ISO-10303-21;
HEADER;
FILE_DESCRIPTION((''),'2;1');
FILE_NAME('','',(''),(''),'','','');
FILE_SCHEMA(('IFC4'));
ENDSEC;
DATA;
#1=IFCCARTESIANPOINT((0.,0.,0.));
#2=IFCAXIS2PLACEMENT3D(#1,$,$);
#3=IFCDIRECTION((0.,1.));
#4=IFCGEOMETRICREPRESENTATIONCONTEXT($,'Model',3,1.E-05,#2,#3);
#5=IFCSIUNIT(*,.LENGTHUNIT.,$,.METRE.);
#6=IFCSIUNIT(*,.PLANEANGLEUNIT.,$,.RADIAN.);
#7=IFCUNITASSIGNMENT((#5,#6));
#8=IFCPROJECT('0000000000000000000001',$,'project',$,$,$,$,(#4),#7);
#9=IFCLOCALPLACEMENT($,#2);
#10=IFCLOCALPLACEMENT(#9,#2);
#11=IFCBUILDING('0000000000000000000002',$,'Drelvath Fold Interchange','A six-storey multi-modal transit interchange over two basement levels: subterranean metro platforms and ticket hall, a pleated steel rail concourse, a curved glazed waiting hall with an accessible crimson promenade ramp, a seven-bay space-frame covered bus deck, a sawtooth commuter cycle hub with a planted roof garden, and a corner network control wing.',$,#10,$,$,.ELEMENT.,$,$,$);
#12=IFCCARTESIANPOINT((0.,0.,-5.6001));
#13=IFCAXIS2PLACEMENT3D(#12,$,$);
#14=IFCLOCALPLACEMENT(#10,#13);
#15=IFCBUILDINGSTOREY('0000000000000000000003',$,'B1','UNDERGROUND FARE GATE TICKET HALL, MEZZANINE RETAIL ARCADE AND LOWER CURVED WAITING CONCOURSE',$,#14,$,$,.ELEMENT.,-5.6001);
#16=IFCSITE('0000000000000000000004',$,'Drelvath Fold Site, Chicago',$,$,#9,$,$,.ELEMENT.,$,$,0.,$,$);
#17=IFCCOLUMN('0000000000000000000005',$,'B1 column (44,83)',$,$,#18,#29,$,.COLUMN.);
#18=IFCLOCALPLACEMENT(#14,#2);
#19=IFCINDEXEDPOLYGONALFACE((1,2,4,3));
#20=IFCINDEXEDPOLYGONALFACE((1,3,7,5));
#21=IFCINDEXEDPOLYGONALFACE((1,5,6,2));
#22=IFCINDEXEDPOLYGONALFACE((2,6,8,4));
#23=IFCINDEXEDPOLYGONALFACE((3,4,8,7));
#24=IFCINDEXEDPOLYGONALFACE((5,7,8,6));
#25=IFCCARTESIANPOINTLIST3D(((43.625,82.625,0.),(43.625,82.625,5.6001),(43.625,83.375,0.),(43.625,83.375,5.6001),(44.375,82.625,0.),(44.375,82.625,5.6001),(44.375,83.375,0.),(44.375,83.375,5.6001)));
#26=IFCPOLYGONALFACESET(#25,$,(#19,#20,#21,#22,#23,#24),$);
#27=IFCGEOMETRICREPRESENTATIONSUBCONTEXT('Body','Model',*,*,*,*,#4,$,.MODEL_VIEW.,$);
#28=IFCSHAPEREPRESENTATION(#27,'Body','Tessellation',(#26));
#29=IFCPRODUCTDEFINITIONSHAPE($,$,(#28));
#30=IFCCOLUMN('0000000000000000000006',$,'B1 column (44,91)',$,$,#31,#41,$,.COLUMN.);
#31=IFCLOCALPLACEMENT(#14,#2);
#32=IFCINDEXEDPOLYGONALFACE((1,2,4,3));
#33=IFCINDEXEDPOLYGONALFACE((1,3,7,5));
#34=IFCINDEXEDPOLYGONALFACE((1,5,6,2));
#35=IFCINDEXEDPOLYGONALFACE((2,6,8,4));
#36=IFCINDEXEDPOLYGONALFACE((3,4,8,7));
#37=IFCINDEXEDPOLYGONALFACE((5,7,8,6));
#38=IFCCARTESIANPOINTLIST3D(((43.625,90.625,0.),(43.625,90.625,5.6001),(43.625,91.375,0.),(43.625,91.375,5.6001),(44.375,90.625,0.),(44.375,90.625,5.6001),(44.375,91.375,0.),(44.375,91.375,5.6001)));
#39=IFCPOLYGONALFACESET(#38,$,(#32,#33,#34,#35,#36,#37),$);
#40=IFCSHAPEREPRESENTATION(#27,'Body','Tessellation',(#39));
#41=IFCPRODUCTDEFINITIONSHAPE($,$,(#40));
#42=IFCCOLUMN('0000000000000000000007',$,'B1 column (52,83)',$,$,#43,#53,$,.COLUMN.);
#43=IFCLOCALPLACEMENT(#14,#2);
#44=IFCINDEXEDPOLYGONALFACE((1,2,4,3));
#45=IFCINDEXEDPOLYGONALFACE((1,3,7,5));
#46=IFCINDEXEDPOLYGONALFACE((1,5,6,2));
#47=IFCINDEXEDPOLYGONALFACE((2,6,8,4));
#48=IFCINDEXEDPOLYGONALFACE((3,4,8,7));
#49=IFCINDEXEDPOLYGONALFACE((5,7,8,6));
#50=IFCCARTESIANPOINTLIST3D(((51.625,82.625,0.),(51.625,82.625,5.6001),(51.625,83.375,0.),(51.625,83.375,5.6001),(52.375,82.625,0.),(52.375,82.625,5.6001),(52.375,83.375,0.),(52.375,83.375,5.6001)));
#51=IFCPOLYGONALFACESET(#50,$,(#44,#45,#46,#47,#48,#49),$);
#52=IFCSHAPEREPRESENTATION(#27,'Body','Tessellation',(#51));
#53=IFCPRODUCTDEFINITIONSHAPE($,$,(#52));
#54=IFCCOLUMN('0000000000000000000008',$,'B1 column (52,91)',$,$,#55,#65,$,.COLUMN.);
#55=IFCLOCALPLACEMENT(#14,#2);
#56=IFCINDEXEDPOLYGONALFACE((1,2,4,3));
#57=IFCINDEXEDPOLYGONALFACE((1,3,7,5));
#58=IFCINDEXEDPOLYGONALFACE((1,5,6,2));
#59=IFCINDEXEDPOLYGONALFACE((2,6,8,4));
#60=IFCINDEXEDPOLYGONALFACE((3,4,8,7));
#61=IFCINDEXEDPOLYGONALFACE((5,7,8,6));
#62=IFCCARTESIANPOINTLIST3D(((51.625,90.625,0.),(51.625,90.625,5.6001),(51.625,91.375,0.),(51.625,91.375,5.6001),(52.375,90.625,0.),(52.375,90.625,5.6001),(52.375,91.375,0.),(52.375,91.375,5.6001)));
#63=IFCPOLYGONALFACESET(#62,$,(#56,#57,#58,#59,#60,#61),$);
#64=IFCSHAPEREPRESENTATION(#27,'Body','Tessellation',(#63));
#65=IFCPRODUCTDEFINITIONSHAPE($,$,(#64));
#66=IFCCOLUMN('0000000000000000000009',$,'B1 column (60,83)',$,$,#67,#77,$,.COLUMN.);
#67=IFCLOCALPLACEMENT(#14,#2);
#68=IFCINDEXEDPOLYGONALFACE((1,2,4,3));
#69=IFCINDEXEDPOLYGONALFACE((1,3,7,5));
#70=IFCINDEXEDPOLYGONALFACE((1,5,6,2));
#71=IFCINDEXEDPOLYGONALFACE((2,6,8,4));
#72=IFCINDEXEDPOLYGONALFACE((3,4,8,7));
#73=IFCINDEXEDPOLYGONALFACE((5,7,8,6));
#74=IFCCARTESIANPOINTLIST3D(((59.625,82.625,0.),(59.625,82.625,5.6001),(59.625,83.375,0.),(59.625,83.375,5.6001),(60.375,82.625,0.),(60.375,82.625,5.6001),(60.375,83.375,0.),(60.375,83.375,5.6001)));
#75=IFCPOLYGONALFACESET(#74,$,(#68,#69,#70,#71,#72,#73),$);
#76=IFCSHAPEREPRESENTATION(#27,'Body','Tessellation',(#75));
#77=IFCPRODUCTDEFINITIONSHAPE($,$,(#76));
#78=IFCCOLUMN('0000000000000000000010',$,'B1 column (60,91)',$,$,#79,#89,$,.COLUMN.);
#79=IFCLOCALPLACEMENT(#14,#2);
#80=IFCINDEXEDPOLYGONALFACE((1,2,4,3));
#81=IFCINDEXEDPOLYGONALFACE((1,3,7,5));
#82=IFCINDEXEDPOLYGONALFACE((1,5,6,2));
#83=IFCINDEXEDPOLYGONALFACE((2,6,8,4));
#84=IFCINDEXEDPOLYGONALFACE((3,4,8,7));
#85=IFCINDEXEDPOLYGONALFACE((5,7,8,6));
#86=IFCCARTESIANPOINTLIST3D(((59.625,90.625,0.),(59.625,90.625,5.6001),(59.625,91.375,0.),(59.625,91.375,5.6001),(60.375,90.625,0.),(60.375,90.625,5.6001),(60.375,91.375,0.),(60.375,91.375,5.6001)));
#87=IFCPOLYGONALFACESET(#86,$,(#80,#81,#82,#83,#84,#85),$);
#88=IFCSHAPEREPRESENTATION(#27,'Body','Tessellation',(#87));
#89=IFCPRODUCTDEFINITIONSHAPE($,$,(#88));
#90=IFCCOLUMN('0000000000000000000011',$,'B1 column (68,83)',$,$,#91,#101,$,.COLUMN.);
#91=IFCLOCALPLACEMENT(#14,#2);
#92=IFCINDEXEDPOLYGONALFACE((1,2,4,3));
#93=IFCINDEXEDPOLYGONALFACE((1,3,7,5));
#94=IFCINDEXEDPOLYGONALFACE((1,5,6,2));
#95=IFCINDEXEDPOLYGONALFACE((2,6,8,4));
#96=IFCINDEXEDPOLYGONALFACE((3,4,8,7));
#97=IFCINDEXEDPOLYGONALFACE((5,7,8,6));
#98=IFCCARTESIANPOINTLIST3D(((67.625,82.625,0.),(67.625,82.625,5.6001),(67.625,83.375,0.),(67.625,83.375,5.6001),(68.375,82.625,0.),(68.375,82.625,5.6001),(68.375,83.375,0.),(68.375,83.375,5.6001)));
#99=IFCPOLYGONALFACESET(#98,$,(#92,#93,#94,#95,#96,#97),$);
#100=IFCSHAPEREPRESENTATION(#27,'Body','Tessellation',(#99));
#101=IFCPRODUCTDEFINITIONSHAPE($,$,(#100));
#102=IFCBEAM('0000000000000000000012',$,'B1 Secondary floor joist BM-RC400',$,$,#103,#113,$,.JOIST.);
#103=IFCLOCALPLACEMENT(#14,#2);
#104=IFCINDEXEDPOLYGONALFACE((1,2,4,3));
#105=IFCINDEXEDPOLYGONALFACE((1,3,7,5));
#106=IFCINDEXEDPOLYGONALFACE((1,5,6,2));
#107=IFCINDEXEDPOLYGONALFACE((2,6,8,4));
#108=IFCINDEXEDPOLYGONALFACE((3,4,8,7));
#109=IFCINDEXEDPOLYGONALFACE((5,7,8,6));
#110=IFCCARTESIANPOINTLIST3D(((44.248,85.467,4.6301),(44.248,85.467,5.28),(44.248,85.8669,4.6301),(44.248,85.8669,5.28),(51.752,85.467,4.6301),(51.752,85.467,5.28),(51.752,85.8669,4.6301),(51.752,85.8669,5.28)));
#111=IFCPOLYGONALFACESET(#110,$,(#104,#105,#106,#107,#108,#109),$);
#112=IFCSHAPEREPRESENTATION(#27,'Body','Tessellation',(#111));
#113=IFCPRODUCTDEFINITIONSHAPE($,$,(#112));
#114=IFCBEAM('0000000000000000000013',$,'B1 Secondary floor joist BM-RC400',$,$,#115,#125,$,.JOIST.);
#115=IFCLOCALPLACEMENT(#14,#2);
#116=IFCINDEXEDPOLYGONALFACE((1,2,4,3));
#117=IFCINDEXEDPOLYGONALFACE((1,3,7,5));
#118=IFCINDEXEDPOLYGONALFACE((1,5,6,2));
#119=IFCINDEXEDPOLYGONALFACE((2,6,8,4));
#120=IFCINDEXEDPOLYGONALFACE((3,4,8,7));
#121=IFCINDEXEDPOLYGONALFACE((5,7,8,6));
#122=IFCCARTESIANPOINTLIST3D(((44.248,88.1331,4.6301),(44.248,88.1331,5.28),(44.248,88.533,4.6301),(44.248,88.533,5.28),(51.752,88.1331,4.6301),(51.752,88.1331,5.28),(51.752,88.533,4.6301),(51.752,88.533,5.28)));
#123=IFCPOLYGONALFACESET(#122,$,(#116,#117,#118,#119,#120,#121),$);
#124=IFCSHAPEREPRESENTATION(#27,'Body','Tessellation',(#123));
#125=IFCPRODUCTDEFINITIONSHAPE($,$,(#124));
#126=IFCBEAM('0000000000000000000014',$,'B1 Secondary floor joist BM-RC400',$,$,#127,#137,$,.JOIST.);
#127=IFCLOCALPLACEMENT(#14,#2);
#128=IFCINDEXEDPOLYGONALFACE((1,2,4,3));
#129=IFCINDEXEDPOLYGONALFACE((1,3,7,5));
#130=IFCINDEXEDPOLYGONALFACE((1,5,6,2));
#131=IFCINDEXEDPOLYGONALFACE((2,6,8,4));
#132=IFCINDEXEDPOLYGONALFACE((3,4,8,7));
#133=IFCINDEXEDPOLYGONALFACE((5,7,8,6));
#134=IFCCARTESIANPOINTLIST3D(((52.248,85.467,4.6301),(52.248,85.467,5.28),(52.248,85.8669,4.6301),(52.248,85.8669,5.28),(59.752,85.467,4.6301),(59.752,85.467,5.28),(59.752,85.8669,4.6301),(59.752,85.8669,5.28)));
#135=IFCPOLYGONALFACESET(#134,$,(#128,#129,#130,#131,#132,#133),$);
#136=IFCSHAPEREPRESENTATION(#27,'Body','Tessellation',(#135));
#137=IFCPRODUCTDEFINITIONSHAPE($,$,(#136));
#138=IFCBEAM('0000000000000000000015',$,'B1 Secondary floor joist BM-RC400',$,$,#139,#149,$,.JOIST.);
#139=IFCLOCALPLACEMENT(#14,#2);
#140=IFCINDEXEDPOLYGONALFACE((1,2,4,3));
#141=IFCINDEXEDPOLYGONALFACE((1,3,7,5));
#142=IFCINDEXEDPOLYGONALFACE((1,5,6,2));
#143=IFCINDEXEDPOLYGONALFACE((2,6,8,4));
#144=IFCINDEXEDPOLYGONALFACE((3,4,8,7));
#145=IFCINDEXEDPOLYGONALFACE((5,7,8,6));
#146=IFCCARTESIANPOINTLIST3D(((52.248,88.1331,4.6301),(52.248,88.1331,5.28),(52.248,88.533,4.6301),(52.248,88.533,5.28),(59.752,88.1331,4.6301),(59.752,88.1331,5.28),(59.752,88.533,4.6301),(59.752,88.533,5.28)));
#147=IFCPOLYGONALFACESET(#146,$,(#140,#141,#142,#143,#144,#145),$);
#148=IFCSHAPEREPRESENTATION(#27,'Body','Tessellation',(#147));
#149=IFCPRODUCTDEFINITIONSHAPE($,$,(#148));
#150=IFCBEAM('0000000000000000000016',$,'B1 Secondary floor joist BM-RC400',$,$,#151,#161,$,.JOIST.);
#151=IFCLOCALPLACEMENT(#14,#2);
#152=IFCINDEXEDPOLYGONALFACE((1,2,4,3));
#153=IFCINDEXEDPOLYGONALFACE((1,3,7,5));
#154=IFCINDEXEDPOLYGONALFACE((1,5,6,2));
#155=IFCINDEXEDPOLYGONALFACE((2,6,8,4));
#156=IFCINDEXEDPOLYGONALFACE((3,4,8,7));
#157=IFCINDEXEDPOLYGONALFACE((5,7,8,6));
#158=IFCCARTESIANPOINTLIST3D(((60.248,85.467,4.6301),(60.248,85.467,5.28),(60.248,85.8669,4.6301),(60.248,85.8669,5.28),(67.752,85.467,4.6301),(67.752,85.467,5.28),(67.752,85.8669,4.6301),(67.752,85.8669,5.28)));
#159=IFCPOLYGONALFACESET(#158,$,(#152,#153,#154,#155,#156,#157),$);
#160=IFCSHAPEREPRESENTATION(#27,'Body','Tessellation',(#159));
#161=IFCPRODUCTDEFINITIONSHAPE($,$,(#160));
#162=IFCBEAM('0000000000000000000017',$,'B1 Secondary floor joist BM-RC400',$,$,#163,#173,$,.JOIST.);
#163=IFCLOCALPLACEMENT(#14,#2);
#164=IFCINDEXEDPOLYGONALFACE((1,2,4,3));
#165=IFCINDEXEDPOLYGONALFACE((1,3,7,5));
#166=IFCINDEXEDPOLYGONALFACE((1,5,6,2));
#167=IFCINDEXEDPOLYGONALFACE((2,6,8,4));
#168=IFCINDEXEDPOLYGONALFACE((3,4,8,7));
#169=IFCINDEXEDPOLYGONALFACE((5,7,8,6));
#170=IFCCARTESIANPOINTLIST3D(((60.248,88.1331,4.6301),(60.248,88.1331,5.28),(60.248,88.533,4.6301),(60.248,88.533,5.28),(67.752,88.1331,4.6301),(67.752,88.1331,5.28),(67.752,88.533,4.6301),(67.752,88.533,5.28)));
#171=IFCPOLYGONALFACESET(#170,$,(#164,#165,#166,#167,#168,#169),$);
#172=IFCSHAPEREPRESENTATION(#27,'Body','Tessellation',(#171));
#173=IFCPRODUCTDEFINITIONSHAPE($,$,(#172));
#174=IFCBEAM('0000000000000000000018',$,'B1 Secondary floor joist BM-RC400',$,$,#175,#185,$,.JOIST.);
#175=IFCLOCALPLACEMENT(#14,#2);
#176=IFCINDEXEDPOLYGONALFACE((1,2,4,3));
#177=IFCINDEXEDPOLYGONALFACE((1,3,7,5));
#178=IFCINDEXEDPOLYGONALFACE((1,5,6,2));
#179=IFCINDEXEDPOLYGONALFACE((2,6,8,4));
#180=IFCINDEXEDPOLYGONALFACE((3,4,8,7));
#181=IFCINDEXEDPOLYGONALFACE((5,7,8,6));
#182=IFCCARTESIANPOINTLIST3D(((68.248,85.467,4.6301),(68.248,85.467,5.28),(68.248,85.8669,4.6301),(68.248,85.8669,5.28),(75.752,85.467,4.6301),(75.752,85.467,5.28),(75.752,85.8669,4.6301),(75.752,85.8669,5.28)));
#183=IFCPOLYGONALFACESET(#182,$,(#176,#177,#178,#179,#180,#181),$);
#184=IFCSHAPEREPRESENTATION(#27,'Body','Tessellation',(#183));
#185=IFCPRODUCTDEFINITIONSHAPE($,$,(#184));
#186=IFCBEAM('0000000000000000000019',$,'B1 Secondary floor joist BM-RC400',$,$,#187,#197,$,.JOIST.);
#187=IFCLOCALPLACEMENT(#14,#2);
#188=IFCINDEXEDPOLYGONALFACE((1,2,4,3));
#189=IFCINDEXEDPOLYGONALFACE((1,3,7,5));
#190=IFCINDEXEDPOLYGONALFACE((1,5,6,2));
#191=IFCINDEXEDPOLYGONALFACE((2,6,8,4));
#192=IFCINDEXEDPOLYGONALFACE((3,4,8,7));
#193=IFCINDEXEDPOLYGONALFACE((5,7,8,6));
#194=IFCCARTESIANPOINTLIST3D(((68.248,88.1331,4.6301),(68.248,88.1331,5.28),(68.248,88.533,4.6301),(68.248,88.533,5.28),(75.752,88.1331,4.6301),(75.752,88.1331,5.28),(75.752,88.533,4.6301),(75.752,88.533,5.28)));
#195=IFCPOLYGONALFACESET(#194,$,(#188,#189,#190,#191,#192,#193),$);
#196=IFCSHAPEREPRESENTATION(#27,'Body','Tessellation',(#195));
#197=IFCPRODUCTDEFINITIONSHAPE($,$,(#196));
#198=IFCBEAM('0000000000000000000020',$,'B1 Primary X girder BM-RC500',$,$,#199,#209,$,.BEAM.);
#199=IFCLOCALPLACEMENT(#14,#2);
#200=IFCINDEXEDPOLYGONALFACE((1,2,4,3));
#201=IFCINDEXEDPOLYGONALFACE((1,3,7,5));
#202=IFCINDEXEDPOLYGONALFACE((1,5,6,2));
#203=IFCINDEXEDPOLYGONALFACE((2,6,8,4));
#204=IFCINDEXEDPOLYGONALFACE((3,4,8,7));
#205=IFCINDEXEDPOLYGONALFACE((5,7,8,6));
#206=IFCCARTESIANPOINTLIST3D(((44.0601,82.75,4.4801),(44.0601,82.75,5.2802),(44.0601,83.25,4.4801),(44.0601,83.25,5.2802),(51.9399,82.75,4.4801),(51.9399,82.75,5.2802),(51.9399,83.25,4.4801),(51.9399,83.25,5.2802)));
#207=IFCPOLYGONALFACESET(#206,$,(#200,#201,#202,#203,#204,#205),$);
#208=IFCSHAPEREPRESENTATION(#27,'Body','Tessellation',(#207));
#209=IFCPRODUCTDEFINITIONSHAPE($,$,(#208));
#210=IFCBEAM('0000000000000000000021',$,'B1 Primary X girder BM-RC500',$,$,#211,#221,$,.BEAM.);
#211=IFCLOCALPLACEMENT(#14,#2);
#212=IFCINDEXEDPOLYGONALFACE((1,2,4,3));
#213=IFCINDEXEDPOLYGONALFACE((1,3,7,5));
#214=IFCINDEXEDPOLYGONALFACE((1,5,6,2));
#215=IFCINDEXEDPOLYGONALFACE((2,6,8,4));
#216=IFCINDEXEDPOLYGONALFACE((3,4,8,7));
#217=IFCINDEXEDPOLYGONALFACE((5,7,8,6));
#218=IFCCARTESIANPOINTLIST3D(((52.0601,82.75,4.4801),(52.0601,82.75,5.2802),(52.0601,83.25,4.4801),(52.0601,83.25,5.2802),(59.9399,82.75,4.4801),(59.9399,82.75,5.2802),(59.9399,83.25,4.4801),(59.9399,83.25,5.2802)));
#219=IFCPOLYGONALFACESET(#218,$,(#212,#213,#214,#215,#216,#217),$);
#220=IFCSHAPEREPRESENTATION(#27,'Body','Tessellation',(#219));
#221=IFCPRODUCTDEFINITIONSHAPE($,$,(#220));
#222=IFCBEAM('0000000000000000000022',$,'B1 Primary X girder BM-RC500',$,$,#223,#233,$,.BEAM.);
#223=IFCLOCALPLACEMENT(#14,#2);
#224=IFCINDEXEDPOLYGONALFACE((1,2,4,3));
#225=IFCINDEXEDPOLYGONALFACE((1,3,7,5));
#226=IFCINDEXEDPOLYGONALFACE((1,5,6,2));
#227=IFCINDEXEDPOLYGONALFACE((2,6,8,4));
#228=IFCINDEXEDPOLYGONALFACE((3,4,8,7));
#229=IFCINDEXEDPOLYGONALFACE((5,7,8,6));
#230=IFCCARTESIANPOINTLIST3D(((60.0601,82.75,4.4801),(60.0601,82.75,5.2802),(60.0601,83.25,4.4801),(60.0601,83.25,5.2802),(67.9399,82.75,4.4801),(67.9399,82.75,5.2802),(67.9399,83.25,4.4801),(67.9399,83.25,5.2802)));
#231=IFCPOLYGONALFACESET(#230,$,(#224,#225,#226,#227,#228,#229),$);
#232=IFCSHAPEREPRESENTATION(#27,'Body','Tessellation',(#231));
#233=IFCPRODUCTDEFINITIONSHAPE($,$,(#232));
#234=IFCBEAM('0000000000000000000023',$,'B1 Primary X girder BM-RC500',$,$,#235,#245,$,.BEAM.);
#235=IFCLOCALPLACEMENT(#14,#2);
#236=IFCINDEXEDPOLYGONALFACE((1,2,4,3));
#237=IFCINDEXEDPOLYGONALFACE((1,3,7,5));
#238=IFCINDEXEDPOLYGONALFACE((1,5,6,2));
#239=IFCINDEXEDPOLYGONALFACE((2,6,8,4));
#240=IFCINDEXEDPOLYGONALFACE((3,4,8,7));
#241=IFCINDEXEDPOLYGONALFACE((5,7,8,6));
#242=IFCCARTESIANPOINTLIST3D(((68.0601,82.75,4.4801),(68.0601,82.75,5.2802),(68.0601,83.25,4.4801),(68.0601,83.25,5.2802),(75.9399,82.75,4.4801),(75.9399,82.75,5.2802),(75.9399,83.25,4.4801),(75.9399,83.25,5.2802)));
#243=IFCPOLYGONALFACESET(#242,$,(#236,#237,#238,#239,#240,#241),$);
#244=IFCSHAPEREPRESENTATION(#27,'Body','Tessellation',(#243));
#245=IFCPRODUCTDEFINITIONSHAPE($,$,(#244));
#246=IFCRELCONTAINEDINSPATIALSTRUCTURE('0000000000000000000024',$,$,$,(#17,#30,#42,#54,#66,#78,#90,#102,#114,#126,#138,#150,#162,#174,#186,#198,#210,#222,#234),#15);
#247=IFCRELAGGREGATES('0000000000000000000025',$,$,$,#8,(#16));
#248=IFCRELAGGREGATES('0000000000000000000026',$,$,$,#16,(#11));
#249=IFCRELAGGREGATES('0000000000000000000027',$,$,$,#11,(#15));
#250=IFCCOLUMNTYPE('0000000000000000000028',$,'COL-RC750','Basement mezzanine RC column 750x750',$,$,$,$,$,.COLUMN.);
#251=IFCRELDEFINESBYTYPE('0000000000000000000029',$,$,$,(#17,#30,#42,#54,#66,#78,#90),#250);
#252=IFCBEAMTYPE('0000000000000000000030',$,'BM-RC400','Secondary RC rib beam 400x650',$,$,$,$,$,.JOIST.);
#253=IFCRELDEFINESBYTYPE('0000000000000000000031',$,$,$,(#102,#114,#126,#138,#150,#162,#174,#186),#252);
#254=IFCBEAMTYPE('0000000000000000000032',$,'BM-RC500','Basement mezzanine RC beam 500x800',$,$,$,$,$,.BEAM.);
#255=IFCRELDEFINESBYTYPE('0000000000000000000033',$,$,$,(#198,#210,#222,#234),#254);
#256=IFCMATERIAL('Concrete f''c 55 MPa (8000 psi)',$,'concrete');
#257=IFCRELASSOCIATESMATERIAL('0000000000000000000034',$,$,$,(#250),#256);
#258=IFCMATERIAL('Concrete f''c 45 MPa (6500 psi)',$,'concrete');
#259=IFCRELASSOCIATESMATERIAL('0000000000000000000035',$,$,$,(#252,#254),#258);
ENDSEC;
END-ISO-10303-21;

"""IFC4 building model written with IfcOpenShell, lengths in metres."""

from ifc_helpers import new_model, si_unit, direction, frame, origin, origin_2d, place, context, subcontext, project, spatial, rectangle, extrude, material, material_profile, profile_set, type_object, element, save


model = new_model("IFC4")

# Units and contexts
model_context = context("Model", 3, precision=1e-05, world=origin(), true_north=direction((0.0, 1.0)))
body_context = subcontext(model_context, "Body", "Model", "MODEL_VIEW")
ifc_project = project(units=[si_unit("LENGTHUNIT", "METRE"), si_unit("PLANEANGLEUNIT", "RADIAN")], contexts=[model_context])

# Site, building, storey
site_placement = place(None, origin())
site = spatial("IfcSite", under=ifc_project, at=site_placement, Name="Drelvath Fold Site, Chicago", CompositionType="ELEMENT", RefElevation=0.0)
building_placement = place(site_placement, origin())
building = spatial("IfcBuilding", under=site, at=building_placement, Name="Drelvath Fold Interchange", Description="A six-storey multi-modal transit interchange over two basement levels: subterranean metro platforms and ticket hall, a pleated steel rail concourse, a curved glazed waiting hall with an accessible crimson promenade ramp, a seven-bay space-frame covered bus deck, a sawtooth commuter cycle hub with a planted roof garden, and a corner network control wing.", CompositionType="ELEMENT")
storey_placement = place(building_placement, frame((0.0, 0.0, -5.6001)))
storey = spatial("IfcBuildingStorey", under=building, at=storey_placement, Name="B1", Description="UNDERGROUND FARE GATE TICKET HALL, MEZZANINE RETAIL ARCADE AND LOWER CURVED WAITING CONCOURSE", CompositionType="ELEMENT", Elevation=-5.6001)

# Columns
ifc_material_1 = material(Name="Concrete f'c 55 MPa (8000 psi)", Category="concrete")
ifc_material_profile_1 = material_profile(ifc_material_1, rectangle(XDim=0.75, YDim=0.75, at=origin_2d()), Name="RC 750x750")
ifc_profile_set_1 = profile_set([ifc_material_profile_1], Name="Concrete f'c 55 MPa (8000 psi)")
column_type = type_object("IfcColumnType", Name="COL-RC750", Description="Basement mezzanine RC column 750x750", PredefinedType="COLUMN", material=ifc_profile_set_1)
for number, where, z_axis, x_axis, name in (
    (1, (44.0, 83.0, 0.0), (0.0, 0.0, 1.0), (1.0, 0.0, 0.0), "B1 column (44,83)"),
    (2, (44.0, 91.0, 0.0), (0.0, 0.0, 1.0), (1.0, 0.0, 0.0), "B1 column (44,91)"),
    (3, (52.0, 83.0, 0.0), (0.0, 0.0, 1.0), (1.0, 0.0, 0.0), "B1 column (52,83)"),
    (4, (52.0, 91.0, 0.0), (0.0, 0.0, 1.0), (1.0, 0.0, 0.0), "B1 column (52,91)"),
    (5, (60.0, 83.0, 0.0), (0.0, 0.0, 1.0), (1.0, 0.0, 0.0), "B1 column (60,83)"),
    (6, (60.0, 91.0, 0.0), (0.0, 0.0, 1.0), (1.0, 0.0, 0.0), "B1 column (60,91)"),
    (7, (68.0, 83.0, 0.0), (0.0, 0.0, 1.0), (1.0, 0.0, 0.0), "B1 column (68,83)"),
):
    element("IfcColumn", number, at=place(storey_placement, frame(where, z_axis=z_axis, x_axis=x_axis)), inside=storey, type_object=column_type, Name=name, PredefinedType="COLUMN", context=body_context, shape_type="SweptSolid", body=[
        extrude(rectangle(XDim=0.75, YDim=0.75, at=origin_2d()), origin(), (0.0, 0.0, 1.0), 5.6001),
    ])

# Beams
ifc_material_2 = material(Name="Concrete f'c 45 MPa (6500 psi)", Category="concrete")
ifc_material_profile_2 = material_profile(ifc_material_2, rectangle(XDim=0.3999, YDim=0.6499, at=origin_2d()), Name="RC 400x650")
ifc_profile_set_2 = profile_set([ifc_material_profile_2], Name="Concrete f'c 45 MPa (6500 psi)")
beam_type_1 = type_object("IfcBeamType", Name="BM-RC400", Description="Secondary RC rib beam 400x650", PredefinedType="JOIST", material=ifc_profile_set_2)
for number, where, z_axis, x_axis, name in (
    (8, (44.248, 85.667, 4.9551), (1.0, 0.0, 0.0), (0.0, 1.0, 0.0), "B1 Secondary floor joist BM-RC400"),
    (9, (44.248, 88.333, 4.9551), (1.0, 0.0, 0.0), (0.0, 1.0, 0.0), "B1 Secondary floor joist BM-RC400"),
    (10, (52.248, 85.667, 4.9551), (1.0, 0.0, 0.0), (0.0, 1.0, 0.0), "B1 Secondary floor joist BM-RC400"),
    (11, (52.248, 88.333, 4.9551), (1.0, 0.0, 0.0), (0.0, 1.0, 0.0), "B1 Secondary floor joist BM-RC400"),
    (12, (60.248, 85.667, 4.9551), (1.0, 0.0, 0.0), (0.0, 1.0, 0.0), "B1 Secondary floor joist BM-RC400"),
    (13, (60.248, 88.333, 4.9551), (1.0, 0.0, 0.0), (0.0, 1.0, 0.0), "B1 Secondary floor joist BM-RC400"),
    (14, (68.248, 85.667, 4.9551), (1.0, 0.0, 0.0), (0.0, 1.0, 0.0), "B1 Secondary floor joist BM-RC400"),
    (15, (68.248, 88.333, 4.9551), (1.0, 0.0, 0.0), (0.0, 1.0, 0.0), "B1 Secondary floor joist BM-RC400"),
):
    element("IfcBeam", number, at=place(storey_placement, frame(where, z_axis=z_axis, x_axis=x_axis)), inside=storey, type_object=beam_type_1, Name=name, PredefinedType="JOIST", context=body_context, shape_type="SweptSolid", body=[
        extrude(rectangle(XDim=0.3999, YDim=0.6499, at=origin_2d()), origin(), (0.0, 0.0, 1.0), 7.5039),
    ])
ifc_material_profile_3 = material_profile(ifc_material_2, rectangle(XDim=0.5, YDim=0.8, at=origin_2d()), Name="RC 500x800")
ifc_profile_set_3 = profile_set([ifc_material_profile_3], Name="Concrete f'c 45 MPa (6500 psi)")
beam_type_2 = type_object("IfcBeamType", Name="BM-RC500", Description="Basement mezzanine RC beam 500x800", PredefinedType="BEAM", material=ifc_profile_set_3)
for number, where, z_axis, x_axis, name in (
    (16, (44.0601, 83.0, 4.8801), (1.0, 0.0, 0.0), (0.0, 1.0, 0.0), "B1 Primary X girder BM-RC500"),
    (17, (52.0601, 83.0, 4.8801), (1.0, 0.0, 0.0), (0.0, 1.0, 0.0), "B1 Primary X girder BM-RC500"),
    (18, (60.0601, 83.0, 4.8801), (1.0, 0.0, 0.0), (0.0, 1.0, 0.0), "B1 Primary X girder BM-RC500"),
    (19, (68.0601, 83.0, 4.8801), (1.0, 0.0, 0.0), (0.0, 1.0, 0.0), "B1 Primary X girder BM-RC500"),
):
    element("IfcBeam", number, at=place(storey_placement, frame(where, z_axis=z_axis, x_axis=x_axis)), inside=storey, type_object=beam_type_2, Name=name, PredefinedType="BEAM", context=body_context, shape_type="SweptSolid", body=[
        extrude(rectangle(XDim=0.5, YDim=0.8, at=origin_2d()), origin(), (0.0, 0.0, 1.0), 7.8799),
    ])

save(model, "model.ifc")
